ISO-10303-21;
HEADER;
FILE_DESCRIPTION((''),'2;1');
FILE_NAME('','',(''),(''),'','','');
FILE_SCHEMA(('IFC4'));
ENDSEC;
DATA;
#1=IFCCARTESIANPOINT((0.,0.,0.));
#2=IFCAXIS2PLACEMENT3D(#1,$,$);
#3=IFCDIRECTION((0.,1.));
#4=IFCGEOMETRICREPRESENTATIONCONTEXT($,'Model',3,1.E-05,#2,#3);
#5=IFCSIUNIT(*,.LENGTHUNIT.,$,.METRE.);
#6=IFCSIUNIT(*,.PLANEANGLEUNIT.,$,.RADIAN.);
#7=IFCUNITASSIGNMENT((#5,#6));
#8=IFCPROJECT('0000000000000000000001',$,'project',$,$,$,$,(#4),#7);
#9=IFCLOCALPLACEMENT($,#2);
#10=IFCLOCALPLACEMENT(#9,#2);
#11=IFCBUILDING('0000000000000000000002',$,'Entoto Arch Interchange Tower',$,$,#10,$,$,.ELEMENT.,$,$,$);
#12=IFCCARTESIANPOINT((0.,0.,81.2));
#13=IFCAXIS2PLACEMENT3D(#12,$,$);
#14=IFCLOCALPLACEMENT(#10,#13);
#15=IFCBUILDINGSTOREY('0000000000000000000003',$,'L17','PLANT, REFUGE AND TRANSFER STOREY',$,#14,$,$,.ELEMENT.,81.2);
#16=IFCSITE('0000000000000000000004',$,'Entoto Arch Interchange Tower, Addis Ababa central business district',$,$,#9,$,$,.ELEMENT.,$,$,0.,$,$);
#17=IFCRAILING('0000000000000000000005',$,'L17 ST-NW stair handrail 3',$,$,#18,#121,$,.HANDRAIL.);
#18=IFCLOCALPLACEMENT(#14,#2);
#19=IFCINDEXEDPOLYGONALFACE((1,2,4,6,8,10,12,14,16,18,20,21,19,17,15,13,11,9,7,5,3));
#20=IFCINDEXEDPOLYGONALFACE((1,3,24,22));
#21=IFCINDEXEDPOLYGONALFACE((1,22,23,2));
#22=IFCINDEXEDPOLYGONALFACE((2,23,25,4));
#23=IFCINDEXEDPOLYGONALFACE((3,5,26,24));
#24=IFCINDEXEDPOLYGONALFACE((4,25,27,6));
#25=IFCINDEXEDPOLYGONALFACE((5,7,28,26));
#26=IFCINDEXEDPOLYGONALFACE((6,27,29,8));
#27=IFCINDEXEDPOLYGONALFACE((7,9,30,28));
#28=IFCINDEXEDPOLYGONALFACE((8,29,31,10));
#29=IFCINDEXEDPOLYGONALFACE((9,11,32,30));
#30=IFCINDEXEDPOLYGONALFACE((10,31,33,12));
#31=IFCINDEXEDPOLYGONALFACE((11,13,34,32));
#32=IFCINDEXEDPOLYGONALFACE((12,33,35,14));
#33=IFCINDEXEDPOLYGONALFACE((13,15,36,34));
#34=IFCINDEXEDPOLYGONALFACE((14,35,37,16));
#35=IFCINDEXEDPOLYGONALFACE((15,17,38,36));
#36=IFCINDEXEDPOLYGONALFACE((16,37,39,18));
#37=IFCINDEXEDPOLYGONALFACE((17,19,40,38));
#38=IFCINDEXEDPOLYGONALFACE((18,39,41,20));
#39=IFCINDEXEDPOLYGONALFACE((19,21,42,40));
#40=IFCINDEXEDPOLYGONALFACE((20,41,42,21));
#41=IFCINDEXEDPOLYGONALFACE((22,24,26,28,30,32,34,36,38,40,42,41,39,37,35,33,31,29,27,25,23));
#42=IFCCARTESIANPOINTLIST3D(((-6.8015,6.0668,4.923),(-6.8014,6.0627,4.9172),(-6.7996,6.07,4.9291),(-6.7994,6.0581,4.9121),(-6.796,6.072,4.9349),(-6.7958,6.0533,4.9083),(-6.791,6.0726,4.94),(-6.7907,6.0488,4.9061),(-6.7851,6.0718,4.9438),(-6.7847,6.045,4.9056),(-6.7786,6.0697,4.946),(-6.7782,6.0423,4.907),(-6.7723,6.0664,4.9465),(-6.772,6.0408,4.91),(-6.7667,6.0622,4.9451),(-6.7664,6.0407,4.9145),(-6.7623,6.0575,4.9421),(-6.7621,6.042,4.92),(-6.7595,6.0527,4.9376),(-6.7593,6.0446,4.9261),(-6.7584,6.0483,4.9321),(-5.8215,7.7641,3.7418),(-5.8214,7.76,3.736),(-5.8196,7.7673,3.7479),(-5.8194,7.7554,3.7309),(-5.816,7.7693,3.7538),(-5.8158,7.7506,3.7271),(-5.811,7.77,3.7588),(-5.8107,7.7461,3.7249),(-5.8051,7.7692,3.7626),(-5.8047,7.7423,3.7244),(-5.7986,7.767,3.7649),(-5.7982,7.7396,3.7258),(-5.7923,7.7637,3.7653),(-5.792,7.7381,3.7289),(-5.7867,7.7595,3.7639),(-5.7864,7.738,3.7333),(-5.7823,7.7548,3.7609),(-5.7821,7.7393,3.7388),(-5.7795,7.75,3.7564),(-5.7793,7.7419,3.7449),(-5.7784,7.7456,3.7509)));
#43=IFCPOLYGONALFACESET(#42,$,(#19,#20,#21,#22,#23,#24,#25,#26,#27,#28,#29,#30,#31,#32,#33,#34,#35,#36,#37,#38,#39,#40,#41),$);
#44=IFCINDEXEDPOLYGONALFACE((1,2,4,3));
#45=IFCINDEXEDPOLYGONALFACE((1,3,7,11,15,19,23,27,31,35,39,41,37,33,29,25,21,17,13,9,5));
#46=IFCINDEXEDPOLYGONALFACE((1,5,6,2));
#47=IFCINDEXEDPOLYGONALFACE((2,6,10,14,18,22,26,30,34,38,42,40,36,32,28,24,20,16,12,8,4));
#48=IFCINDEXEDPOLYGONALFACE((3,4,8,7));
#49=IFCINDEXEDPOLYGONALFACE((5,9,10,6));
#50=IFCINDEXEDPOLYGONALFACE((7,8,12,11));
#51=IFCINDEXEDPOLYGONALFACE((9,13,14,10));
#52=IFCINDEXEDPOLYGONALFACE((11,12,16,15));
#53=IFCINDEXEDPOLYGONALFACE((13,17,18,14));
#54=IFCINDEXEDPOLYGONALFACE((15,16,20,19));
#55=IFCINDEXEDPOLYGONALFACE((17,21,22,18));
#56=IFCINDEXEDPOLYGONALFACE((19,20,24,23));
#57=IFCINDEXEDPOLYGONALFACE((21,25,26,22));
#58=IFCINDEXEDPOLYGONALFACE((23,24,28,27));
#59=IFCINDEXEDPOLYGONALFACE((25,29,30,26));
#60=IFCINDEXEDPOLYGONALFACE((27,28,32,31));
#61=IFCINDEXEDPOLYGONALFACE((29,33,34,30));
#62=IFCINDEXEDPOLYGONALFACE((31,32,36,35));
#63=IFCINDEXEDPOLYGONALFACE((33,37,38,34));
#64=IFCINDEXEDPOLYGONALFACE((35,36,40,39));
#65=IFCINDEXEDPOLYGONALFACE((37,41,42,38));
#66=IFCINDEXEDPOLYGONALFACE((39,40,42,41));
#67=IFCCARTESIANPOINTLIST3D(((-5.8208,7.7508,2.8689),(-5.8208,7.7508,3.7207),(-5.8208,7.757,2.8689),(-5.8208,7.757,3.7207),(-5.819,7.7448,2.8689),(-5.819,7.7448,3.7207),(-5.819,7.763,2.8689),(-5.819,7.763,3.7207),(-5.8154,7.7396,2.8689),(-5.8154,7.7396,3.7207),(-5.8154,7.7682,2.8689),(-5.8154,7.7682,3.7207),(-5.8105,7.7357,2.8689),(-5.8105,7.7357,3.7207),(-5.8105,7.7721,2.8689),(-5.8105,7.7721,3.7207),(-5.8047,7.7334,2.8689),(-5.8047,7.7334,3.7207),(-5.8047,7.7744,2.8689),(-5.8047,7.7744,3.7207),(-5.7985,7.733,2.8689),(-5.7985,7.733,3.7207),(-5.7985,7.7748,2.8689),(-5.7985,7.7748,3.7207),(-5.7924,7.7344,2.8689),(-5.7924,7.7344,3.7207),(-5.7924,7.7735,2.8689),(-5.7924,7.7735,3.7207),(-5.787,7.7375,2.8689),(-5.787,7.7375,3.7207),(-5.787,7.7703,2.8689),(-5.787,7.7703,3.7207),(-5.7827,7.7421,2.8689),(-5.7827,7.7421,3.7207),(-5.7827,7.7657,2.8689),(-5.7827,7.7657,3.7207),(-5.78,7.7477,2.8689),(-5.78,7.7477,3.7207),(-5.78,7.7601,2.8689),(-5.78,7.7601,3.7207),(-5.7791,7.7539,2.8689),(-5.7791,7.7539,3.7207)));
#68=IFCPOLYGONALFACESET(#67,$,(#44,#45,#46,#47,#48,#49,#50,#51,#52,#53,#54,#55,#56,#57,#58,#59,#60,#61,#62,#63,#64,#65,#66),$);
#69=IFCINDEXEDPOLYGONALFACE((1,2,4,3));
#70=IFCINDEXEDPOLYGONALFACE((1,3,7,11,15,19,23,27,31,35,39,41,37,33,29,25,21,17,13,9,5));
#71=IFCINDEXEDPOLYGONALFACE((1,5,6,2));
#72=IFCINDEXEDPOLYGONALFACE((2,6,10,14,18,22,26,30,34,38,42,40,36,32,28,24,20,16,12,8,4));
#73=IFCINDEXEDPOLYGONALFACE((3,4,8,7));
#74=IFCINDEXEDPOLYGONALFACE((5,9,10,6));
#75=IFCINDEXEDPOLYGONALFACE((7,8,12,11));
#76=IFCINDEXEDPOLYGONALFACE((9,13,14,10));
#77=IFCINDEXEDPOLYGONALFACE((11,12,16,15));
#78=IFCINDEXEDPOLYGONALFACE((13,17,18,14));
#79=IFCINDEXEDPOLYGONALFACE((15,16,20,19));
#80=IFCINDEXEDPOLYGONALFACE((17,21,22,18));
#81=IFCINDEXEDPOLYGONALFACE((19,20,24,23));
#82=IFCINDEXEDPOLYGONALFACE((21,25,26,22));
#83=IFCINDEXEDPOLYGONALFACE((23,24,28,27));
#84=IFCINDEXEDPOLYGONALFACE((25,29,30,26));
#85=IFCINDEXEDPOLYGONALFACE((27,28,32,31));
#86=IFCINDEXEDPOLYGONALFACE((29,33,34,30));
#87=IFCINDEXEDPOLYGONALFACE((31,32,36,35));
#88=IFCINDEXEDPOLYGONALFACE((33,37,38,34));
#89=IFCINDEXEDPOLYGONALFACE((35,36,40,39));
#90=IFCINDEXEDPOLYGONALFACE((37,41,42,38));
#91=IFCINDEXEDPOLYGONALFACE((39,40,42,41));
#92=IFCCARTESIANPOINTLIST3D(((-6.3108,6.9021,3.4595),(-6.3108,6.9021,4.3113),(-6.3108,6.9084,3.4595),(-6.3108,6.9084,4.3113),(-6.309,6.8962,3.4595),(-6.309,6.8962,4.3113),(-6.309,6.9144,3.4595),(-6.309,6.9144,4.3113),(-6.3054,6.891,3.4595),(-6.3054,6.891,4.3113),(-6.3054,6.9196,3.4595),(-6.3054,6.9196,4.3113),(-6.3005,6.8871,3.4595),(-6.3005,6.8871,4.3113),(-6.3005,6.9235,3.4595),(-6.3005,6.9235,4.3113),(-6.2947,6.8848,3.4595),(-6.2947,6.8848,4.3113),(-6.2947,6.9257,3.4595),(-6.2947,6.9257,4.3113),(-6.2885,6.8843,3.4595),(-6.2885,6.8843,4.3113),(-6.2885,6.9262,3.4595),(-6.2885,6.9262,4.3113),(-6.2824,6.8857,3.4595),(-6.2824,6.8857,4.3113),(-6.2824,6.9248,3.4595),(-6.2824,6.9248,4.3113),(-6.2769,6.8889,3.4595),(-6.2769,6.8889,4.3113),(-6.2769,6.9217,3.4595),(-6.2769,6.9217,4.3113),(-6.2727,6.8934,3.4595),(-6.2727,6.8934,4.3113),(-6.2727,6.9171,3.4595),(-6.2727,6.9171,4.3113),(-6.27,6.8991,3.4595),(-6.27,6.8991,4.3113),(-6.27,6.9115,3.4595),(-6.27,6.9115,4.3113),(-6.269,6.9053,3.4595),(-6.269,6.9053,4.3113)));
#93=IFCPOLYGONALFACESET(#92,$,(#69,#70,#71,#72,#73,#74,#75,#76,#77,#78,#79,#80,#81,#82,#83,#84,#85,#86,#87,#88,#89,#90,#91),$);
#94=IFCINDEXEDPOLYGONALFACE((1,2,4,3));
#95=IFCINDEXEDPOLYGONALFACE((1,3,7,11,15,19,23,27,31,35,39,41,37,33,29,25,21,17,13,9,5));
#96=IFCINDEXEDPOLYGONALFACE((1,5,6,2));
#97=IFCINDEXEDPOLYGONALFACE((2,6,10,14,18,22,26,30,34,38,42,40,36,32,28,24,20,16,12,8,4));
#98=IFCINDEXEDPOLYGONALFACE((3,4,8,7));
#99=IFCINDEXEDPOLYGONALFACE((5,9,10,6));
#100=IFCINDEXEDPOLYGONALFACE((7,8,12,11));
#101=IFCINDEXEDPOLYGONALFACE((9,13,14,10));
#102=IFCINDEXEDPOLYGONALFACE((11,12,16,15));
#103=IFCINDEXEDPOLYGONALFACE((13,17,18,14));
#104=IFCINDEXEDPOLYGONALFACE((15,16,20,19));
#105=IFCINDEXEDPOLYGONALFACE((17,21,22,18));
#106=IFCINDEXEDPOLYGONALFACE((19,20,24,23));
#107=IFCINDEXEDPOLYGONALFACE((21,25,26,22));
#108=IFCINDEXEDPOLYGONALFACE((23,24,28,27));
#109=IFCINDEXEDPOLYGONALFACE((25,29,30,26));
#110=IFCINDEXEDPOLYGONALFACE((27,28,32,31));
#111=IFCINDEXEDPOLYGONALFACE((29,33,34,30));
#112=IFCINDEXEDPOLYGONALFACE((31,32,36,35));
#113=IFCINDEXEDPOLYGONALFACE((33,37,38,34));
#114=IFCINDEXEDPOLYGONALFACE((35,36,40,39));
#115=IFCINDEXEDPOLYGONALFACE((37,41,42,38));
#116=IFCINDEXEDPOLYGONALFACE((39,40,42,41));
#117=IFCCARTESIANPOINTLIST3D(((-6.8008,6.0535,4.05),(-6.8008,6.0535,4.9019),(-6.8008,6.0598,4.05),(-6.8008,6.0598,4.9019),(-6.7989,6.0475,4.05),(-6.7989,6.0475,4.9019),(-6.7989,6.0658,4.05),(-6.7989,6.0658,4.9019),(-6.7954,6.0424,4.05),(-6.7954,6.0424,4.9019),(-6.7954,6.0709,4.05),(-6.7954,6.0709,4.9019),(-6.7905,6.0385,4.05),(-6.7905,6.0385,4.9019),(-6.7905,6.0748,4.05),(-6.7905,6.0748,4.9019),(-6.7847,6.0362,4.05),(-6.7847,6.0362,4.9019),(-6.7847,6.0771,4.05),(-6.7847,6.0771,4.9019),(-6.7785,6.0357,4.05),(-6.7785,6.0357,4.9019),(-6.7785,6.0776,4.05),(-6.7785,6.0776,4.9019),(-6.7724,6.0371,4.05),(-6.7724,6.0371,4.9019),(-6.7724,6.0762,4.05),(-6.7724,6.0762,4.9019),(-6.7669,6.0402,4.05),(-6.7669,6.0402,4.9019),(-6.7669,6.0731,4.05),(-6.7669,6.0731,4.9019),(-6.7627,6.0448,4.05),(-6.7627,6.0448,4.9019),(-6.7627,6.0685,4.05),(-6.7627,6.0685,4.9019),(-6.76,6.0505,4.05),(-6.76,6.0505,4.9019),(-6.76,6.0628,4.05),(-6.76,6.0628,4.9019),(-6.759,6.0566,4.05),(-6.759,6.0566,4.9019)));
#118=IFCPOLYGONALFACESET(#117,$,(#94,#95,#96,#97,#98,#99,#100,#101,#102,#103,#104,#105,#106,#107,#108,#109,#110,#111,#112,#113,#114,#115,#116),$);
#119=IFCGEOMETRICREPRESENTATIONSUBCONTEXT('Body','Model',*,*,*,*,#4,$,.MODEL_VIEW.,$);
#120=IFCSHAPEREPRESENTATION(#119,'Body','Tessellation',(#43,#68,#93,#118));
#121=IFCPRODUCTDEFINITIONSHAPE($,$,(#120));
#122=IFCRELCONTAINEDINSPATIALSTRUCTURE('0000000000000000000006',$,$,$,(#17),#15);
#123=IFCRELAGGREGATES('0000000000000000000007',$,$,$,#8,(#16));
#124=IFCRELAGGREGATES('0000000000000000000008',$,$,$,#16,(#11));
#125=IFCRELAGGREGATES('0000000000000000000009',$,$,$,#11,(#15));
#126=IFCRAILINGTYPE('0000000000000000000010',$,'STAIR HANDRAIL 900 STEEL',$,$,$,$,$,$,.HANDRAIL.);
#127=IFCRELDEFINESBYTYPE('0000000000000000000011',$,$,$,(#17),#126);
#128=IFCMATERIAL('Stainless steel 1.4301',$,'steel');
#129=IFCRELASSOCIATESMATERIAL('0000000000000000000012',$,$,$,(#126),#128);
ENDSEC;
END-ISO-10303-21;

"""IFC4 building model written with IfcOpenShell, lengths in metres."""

from ifc_helpers import new_model, si_unit, direction, frame, origin, origin_2d, place, context, subcontext, project, spatial, circle, extrude, material, type_object, element, save


model = new_model("IFC4")

# Units and contexts
model_context = context("Model", 3, precision=1e-05, world=origin(), true_north=direction((0.0, 1.0)))
body_context = subcontext(model_context, "Body", "Model", "MODEL_VIEW")
ifc_project = project(units=[si_unit("LENGTHUNIT", "METRE"), si_unit("PLANEANGLEUNIT", "RADIAN")], contexts=[model_context])

# Site, building, storey
site_placement = place(None, origin())
site = spatial("IfcSite", under=ifc_project, at=site_placement, Name="Entoto Arch Interchange Tower, Addis Ababa central business district", CompositionType="ELEMENT", RefElevation=0.0)
building_placement = place(site_placement, origin())
building = spatial("IfcBuilding", under=site, at=building_placement, Name="Entoto Arch Interchange Tower", CompositionType="ELEMENT")
storey_placement = place(building_placement, frame((0.0, 0.0, 81.2)))
storey = spatial("IfcBuildingStorey", under=building, at=storey_placement, Name="L17", Description="PLANT, REFUGE AND TRANSFER STOREY", CompositionType="ELEMENT", Elevation=81.2)

# Railing
ifc_material_1 = material(Name="Stainless steel 1.4301", Category="steel")
railing_type_1 = type_object("IfcRailingType", Name="STAIR HANDRAIL 900 STEEL", PredefinedType="HANDRAIL", material=ifc_material_1)
railing_1_placement = place(storey_placement, frame((-5.8, 7.7539, 2.8689)))
element("IfcRailing", 1, at=railing_1_placement, inside=storey, type_object=railing_type_1, Name="L17 ST-NW stair handrail 3", PredefinedType="HANDRAIL", context=body_context, shape_type="SweptSolid", body=[
    extrude(circle(Radius=0.0239, at=origin_2d()), frame((0.0, 0.0, 0.876), z_axis=(-0.428262, -0.741723, 0.516176), x_axis=(0.866011, -0.500024, 0.0)), (0.0, 0.0, 1.0), 2.2883),
    extrude(circle(Radius=0.021, at=origin_2d()), origin(), (0.0, 0.0, 1.0), 0.8518),
    extrude(circle(Radius=0.021, at=origin_2d()), frame((-0.49, -0.8486, 0.5906)), (0.0, 0.0, 1.0), 0.8518),
    extrude(circle(Radius=0.021, at=origin_2d()), frame((-0.98, -1.6973, 1.1812)), (0.0, 0.0, 1.0), 0.8518),
])

save(model, "model.ifc")
